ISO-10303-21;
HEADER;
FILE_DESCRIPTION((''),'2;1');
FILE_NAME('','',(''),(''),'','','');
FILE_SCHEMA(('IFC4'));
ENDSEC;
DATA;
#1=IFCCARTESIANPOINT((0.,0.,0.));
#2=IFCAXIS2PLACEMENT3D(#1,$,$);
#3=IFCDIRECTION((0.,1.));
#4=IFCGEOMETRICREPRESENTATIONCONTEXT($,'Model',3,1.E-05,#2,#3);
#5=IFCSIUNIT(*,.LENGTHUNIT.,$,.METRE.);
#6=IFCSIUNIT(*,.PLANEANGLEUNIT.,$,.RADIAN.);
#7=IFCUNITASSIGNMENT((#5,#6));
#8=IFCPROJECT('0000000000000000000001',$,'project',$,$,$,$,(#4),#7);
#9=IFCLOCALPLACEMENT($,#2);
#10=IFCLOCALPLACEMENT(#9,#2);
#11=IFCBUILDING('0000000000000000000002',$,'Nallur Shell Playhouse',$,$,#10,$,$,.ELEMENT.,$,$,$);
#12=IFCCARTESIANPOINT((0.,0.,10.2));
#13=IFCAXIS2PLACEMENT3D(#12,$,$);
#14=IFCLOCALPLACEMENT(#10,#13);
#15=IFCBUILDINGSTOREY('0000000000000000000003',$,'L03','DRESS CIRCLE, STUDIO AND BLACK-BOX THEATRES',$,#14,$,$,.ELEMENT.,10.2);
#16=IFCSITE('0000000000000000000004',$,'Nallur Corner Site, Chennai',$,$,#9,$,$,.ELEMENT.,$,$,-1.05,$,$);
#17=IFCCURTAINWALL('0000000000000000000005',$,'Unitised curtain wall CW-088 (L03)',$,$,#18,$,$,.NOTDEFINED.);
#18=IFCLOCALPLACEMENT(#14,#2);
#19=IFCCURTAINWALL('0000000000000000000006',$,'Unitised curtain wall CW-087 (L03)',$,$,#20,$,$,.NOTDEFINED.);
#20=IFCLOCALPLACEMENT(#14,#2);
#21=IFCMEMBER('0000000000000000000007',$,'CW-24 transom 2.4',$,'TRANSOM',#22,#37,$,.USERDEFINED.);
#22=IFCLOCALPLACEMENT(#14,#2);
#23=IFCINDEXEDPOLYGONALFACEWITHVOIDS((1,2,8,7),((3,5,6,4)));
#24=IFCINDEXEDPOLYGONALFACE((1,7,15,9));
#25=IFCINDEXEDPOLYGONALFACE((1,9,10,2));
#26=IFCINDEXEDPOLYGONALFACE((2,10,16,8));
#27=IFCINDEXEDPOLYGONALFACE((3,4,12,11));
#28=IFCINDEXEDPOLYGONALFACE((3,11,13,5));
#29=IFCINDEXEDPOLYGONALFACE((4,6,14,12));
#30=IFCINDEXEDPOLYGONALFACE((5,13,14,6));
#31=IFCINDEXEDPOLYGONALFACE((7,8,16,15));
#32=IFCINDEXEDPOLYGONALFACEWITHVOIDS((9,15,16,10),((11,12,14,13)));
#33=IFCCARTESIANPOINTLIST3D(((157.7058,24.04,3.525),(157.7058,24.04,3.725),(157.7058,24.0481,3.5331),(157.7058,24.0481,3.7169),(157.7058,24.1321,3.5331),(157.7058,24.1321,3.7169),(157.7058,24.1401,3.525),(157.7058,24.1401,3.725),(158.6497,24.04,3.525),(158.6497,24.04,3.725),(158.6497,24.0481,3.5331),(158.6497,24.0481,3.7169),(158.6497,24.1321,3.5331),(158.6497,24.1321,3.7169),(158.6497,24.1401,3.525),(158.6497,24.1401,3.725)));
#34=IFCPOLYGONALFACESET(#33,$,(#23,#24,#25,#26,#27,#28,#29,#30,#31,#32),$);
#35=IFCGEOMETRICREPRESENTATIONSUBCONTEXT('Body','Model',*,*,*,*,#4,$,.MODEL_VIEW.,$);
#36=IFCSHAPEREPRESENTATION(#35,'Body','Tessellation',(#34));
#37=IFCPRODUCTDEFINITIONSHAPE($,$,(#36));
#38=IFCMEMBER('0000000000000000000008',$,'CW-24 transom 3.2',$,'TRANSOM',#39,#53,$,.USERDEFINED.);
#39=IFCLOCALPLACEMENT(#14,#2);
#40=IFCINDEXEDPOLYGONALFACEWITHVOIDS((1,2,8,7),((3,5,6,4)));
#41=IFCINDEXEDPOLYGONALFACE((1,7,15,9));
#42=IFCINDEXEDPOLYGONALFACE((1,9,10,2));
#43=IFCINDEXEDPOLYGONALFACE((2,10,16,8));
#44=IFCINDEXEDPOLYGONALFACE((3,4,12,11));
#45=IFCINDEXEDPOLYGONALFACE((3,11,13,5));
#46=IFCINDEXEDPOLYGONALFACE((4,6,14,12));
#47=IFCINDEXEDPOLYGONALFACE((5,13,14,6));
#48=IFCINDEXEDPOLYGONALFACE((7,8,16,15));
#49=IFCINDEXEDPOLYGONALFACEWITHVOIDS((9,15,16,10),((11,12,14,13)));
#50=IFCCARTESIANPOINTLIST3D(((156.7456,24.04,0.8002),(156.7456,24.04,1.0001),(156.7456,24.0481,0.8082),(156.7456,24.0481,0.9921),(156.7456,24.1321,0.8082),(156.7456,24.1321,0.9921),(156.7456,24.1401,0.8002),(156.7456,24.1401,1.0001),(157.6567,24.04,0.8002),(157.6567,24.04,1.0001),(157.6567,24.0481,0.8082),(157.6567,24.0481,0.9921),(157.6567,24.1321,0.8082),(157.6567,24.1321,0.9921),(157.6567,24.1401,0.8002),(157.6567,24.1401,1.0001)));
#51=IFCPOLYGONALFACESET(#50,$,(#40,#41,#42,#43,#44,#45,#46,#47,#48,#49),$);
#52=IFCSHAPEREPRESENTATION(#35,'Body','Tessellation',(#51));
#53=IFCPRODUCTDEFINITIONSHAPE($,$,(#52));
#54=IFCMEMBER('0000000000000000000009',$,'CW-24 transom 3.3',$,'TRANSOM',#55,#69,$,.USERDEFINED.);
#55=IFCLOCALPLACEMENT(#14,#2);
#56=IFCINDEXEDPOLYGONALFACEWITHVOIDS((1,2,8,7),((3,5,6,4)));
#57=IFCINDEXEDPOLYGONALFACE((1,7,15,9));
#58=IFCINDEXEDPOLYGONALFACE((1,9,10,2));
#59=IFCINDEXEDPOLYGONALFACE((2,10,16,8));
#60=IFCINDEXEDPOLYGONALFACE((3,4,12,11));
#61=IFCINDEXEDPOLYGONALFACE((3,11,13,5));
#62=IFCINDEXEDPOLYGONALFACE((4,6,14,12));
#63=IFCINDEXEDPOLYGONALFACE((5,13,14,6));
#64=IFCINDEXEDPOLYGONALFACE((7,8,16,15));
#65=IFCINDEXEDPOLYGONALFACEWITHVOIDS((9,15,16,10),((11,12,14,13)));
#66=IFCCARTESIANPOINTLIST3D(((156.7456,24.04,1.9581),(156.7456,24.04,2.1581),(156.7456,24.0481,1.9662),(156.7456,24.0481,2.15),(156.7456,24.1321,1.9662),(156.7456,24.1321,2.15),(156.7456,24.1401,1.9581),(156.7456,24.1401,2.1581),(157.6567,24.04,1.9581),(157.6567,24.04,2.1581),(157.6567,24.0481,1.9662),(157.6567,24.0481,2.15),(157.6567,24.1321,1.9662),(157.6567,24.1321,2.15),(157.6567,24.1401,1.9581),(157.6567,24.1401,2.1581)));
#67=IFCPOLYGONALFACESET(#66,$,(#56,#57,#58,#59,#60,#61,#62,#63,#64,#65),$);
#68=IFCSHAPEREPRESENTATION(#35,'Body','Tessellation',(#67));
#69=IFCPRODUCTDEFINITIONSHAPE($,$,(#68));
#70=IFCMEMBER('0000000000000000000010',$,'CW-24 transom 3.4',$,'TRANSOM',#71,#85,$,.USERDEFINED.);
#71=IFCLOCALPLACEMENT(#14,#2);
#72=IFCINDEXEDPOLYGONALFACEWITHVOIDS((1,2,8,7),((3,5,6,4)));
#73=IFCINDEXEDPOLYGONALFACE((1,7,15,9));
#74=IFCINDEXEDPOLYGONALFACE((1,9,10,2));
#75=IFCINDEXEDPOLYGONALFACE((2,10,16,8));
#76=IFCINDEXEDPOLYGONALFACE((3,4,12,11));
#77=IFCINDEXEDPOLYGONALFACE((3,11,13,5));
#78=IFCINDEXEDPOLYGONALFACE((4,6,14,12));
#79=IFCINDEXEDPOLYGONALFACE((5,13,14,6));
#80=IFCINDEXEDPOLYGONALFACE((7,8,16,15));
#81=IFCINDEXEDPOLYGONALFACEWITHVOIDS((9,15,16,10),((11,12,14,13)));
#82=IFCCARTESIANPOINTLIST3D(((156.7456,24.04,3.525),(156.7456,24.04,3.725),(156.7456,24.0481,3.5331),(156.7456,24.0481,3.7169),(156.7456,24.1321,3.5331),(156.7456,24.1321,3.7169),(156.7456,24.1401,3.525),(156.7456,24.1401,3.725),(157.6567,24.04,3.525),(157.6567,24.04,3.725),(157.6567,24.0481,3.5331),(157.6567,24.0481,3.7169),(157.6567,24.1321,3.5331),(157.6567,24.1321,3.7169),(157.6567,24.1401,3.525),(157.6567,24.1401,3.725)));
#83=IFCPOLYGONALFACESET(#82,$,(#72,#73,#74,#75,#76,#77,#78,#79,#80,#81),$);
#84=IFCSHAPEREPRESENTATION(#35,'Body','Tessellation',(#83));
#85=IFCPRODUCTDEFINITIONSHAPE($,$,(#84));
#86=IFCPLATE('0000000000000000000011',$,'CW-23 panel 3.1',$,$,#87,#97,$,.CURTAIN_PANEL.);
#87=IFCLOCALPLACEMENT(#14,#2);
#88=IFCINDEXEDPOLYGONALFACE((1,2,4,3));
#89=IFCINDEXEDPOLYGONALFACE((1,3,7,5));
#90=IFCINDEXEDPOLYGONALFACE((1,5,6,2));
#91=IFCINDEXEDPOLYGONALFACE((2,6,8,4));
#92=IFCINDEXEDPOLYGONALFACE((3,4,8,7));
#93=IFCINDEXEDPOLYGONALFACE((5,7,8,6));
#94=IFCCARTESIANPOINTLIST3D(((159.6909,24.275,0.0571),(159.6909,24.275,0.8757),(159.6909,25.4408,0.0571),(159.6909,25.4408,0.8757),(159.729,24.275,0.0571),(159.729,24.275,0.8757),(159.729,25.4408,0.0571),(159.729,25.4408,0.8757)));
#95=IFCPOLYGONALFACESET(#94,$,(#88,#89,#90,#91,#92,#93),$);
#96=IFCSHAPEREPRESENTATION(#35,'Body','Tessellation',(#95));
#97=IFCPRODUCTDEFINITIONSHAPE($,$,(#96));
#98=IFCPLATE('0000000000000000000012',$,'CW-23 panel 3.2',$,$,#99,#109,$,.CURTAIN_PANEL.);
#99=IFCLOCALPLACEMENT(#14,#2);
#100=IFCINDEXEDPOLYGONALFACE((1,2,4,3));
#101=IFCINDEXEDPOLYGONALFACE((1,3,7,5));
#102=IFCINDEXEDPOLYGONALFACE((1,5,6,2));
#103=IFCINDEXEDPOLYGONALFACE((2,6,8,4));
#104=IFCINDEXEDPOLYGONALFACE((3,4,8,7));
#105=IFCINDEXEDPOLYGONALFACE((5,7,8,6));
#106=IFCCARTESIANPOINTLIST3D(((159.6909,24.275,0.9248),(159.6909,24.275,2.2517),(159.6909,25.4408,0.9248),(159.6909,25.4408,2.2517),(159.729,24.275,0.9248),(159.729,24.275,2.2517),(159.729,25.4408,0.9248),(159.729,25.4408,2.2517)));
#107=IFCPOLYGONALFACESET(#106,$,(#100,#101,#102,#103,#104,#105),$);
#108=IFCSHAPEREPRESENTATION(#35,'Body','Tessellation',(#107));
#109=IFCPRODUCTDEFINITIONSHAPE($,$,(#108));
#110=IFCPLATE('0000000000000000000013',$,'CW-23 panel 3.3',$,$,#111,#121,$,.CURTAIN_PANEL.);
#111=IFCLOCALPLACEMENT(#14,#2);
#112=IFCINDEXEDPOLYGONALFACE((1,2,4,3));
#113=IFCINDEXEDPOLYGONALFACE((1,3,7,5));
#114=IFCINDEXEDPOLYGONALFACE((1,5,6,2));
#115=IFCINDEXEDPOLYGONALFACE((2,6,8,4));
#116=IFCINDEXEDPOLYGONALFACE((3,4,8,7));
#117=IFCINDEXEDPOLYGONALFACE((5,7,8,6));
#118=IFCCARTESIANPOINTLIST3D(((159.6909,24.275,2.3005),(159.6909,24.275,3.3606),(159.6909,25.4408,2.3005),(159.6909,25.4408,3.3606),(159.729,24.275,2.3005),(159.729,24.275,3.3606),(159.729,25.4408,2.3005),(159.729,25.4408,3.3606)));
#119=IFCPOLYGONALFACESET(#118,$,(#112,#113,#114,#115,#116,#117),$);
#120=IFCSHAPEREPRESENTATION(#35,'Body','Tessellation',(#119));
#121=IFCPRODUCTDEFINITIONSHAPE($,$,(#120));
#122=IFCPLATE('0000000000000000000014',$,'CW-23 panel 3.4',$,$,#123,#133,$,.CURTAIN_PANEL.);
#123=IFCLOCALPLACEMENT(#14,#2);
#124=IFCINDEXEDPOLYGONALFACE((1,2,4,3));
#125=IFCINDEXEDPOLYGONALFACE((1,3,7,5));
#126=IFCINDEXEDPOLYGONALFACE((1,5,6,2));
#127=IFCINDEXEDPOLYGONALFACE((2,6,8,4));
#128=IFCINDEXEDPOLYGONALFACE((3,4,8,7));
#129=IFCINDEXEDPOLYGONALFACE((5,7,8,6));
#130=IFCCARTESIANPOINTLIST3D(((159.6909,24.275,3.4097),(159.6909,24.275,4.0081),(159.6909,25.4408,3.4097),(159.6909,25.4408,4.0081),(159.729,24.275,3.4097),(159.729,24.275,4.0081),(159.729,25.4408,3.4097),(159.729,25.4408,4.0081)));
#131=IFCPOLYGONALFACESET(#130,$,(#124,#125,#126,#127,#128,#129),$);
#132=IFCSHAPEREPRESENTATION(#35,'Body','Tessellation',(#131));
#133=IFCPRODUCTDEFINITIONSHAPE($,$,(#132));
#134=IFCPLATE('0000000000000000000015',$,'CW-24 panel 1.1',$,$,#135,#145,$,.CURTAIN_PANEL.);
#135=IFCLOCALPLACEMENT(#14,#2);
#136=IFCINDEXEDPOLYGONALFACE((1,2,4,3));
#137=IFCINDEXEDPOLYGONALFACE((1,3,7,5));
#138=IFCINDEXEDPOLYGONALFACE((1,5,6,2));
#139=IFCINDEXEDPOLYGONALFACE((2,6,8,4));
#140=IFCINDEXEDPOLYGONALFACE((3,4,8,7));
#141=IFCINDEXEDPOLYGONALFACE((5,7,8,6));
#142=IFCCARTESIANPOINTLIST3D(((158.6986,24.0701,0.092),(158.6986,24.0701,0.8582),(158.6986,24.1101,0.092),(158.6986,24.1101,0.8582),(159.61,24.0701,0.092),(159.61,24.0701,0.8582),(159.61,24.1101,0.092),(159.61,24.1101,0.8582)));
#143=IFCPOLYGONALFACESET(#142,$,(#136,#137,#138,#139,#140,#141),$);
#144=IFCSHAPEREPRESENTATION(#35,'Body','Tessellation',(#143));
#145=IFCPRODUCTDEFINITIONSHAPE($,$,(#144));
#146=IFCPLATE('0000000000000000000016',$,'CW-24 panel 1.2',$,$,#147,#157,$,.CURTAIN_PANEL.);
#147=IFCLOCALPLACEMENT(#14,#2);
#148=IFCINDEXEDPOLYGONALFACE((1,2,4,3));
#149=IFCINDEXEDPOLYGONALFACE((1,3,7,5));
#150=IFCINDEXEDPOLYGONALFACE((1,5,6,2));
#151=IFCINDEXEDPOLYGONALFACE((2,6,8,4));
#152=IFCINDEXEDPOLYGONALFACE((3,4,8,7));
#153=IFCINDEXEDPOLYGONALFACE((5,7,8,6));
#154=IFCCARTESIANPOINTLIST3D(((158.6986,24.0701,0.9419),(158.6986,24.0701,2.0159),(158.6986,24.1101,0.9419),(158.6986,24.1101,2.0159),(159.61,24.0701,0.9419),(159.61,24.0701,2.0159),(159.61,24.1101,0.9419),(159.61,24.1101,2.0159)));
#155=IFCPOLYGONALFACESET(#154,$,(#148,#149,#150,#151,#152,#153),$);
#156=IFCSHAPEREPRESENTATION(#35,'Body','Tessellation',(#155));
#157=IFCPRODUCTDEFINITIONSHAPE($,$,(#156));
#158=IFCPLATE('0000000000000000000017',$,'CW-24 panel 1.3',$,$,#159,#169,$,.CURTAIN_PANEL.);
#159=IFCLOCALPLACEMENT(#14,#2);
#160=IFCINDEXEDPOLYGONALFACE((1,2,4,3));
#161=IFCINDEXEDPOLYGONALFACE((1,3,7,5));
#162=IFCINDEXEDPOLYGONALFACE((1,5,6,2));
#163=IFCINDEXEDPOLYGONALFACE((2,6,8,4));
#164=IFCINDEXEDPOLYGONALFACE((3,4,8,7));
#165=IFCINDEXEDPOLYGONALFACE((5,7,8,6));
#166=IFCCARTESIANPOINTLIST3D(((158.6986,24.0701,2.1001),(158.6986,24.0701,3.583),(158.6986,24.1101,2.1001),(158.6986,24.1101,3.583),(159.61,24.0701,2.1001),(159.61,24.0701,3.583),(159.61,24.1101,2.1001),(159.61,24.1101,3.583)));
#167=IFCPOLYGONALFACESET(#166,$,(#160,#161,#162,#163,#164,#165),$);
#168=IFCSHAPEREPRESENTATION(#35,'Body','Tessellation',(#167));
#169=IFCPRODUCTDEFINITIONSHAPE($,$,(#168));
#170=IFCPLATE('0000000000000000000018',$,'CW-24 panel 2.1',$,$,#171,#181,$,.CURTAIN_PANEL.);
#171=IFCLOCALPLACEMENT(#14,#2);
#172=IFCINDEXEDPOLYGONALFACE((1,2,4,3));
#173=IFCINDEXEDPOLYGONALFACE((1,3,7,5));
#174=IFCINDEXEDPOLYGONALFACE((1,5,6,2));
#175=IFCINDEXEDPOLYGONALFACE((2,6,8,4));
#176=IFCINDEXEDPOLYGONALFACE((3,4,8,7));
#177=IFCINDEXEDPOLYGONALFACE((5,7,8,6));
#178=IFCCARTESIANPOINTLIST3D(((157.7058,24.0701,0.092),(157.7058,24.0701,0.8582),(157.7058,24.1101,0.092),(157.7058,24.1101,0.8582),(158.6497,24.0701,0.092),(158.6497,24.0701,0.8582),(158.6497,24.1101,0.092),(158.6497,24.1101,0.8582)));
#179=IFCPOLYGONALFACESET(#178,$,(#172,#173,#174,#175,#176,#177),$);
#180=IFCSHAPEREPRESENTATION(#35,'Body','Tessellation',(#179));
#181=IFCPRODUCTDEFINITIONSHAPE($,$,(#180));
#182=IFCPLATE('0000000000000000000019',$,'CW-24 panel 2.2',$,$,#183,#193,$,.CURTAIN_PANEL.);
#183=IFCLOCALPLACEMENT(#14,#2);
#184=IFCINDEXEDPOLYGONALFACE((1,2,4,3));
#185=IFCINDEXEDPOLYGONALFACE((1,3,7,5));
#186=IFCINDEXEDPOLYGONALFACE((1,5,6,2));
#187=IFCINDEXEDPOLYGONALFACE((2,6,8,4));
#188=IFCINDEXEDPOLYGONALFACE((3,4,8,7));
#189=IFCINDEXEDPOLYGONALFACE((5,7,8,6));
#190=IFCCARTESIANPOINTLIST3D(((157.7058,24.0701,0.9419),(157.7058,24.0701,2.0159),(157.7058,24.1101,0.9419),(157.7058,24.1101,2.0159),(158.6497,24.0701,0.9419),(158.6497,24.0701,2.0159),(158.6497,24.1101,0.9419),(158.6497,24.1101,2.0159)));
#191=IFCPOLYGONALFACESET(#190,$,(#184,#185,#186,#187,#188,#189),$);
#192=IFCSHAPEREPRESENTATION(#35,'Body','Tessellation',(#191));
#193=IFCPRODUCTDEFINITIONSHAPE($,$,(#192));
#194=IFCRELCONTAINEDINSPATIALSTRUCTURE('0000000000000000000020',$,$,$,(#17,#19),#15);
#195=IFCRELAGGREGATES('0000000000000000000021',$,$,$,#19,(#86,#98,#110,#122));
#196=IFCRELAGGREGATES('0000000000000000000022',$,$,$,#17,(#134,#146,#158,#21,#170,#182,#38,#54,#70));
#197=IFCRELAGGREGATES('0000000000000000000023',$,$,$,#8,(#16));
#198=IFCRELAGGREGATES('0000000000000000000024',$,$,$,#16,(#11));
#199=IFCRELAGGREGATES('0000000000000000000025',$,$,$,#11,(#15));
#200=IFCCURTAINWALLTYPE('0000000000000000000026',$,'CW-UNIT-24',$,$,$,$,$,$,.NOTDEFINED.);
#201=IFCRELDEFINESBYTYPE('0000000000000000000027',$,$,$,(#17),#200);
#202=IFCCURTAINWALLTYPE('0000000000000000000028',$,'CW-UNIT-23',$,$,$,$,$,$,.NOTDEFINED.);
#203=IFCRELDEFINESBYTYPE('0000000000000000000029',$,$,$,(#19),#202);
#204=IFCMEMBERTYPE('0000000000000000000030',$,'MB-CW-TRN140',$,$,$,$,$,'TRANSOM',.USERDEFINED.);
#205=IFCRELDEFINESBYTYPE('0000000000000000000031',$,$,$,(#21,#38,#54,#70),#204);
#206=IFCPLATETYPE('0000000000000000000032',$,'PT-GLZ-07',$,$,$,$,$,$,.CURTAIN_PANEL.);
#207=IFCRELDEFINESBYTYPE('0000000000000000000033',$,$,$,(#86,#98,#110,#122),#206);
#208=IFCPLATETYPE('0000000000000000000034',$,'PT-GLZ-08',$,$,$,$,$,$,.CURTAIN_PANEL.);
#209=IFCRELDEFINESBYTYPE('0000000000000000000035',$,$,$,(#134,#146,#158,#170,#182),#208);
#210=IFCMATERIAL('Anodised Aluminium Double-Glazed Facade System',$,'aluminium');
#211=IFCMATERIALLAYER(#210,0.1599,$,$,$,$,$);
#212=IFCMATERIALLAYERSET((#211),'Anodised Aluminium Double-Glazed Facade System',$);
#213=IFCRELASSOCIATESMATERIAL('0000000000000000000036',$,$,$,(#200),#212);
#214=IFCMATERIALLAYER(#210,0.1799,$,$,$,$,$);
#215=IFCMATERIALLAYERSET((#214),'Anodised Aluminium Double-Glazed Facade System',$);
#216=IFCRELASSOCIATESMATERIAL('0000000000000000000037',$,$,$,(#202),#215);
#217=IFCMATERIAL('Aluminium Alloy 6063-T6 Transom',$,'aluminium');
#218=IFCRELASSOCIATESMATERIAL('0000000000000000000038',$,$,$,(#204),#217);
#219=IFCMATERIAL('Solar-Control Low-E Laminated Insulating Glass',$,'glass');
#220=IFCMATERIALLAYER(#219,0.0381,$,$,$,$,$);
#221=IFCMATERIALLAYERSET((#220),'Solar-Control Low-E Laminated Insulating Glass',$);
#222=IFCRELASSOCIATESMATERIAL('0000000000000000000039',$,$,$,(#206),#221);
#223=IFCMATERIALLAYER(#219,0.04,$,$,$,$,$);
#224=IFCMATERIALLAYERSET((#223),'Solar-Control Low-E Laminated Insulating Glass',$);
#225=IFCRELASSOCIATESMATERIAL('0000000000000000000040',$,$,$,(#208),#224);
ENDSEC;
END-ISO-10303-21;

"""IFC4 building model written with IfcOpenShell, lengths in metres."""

from ifc_helpers import new_model, si_unit, direction, frame, origin, origin_2d, place, context, subcontext, project, spatial, rectangle, hollow_rectangle, extrude, material, layer, layer_set, material_profile, profile_set, type_object, element, aggregate, save


model = new_model("IFC4")

# Units and contexts
model_context = context("Model", 3, precision=1e-05, world=origin(), true_north=direction((0.0, 1.0)))
body_context = subcontext(model_context, "Body", "Model", "MODEL_VIEW")
ifc_project = project(units=[si_unit("LENGTHUNIT", "METRE"), si_unit("PLANEANGLEUNIT", "RADIAN")], contexts=[model_context])

# Site, building, storey
site_placement = place(None, origin())
site = spatial("IfcSite", under=ifc_project, at=site_placement, Name="Nallur Corner Site, Chennai", CompositionType="ELEMENT", RefElevation=-1.05)
building_placement = place(site_placement, origin())
building = spatial("IfcBuilding", under=site, at=building_placement, Name="Nallur Shell Playhouse", CompositionType="ELEMENT")
storey_placement = place(building_placement, frame((0.0, 0.0, 10.2)))
storey = spatial("IfcBuildingStorey", under=building, at=storey_placement, Name="L03", Description="DRESS CIRCLE, STUDIO AND BLACK-BOX THEATRES", CompositionType="ELEMENT", Elevation=10.2)

# Curtain walls
ifc_material_1 = material(Name="Anodised Aluminium Double-Glazed Facade System", Category="aluminium")
ifc_layer_1 = layer(ifc_material_1, 0.1599)
ifc_layer_set_1 = layer_set([ifc_layer_1], Name="Anodised Aluminium Double-Glazed Facade System")
curtain_wall_type_1 = type_object("IfcCurtainWallType", Name="CW-UNIT-24", PredefinedType="NOTDEFINED", material=ifc_layer_set_1)
curtain_wall_1_placement = place(storey_placement, origin())
curtain_wall_1 = element("IfcCurtainWall", 1, at=curtain_wall_1_placement, inside=storey, type_object=curtain_wall_type_1, Name="Unitised curtain wall CW-088 (L03)", PredefinedType="NOTDEFINED")
ifc_layer_2 = layer(ifc_material_1, 0.1799)
ifc_layer_set_2 = layer_set([ifc_layer_2], Name="Anodised Aluminium Double-Glazed Facade System")
curtain_wall_type_2 = type_object("IfcCurtainWallType", Name="CW-UNIT-23", PredefinedType="NOTDEFINED", material=ifc_layer_set_2)
curtain_wall_2_placement = place(storey_placement, origin())
curtain_wall_2 = element("IfcCurtainWall", 2, at=curtain_wall_2_placement, inside=storey, type_object=curtain_wall_type_2, Name="Unitised curtain wall CW-087 (L03)", PredefinedType="NOTDEFINED")
ifc_material_2 = material(Name="Aluminium Alloy 6063-T6 Transom", Category="aluminium")

# Members
ifc_material_profile_1 = material_profile(ifc_material_2, hollow_rectangle(XDim=0.1001, YDim=0.2, WallThickness=0.0081, at=origin_2d()), Name="RHS 200x100x8")
ifc_profile_set_1 = profile_set([ifc_material_profile_1], Name="Aluminium Alloy 6063-T6 Transom")
member_type_1 = type_object("IfcMemberType", Name="MB-CW-TRN140", ElementType="TRANSOM", PredefinedType="USERDEFINED", material=ifc_profile_set_1)
member_1_placement = place(storey_placement, frame((158.6497, 24.0901, 3.625), z_axis=(-1.0, 0.0, 0.0), x_axis=(0.0, -1.0, 0.0)))
member_1 = element("IfcMember", 3, at=member_1_placement, type_object=member_type_1, Name="CW-24 transom 2.4", ObjectType="TRANSOM", PredefinedType="USERDEFINED", context=body_context, shape_type="SweptSolid", body=[
    extrude(hollow_rectangle(XDim=0.1001, YDim=0.2, WallThickness=0.0081, at=origin_2d()), origin(), (0.0, 0.0, 1.0), 0.9438),
])
member_2_placement = place(storey_placement, frame((157.6567, 24.0901, 0.9001), z_axis=(-1.0, 0.0, 0.0), x_axis=(0.0, -1.0, 0.0)))
member_2 = element("IfcMember", 4, at=member_2_placement, type_object=member_type_1, Name="CW-24 transom 3.2", ObjectType="TRANSOM", PredefinedType="USERDEFINED", context=body_context, shape_type="SweptSolid", body=[
    extrude(hollow_rectangle(XDim=0.1001, YDim=0.2, WallThickness=0.0081, at=origin_2d()), origin(), (0.0, 0.0, 1.0), 0.9111),
])
member_3_placement = place(storey_placement, frame((157.6567, 24.0901, 2.0581), z_axis=(-1.0, 0.0, 0.0), x_axis=(0.0, -1.0, 0.0)))
member_3 = element("IfcMember", 5, at=member_3_placement, type_object=member_type_1, Name="CW-24 transom 3.3", ObjectType="TRANSOM", PredefinedType="USERDEFINED", context=body_context, shape_type="SweptSolid", body=[
    extrude(hollow_rectangle(XDim=0.1001, YDim=0.2, WallThickness=0.0081, at=origin_2d()), origin(), (0.0, 0.0, 1.0), 0.9111),
])
member_4_placement = place(storey_placement, frame((157.6567, 24.0901, 3.625), z_axis=(-1.0, 0.0, 0.0), x_axis=(0.0, -1.0, 0.0)))
member_4 = element("IfcMember", 6, at=member_4_placement, type_object=member_type_1, Name="CW-24 transom 3.4", ObjectType="TRANSOM", PredefinedType="USERDEFINED", context=body_context, shape_type="SweptSolid", body=[
    extrude(hollow_rectangle(XDim=0.1001, YDim=0.2, WallThickness=0.0081, at=origin_2d()), origin(), (0.0, 0.0, 1.0), 0.9111),
])

# Plates
ifc_material_3 = material(Name="Solar-Control Low-E Laminated Insulating Glass", Category="glass")
ifc_layer_3 = layer(ifc_material_3, 0.0381)
ifc_layer_set_3 = layer_set([ifc_layer_3], Name="Solar-Control Low-E Laminated Insulating Glass")
plate_type_1 = type_object("IfcPlateType", Name="PT-GLZ-07", PredefinedType="CURTAIN_PANEL", material=ifc_layer_set_3)
plate_1_placement = place(storey_placement, frame((159.71, 24.8579, 0.0571), z_axis=(0.0, 0.0, 1.0), x_axis=(0.0, -1.0, 0.0)))
plate_1 = element("IfcPlate", 7, at=plate_1_placement, type_object=plate_type_1, Name="CW-23 panel 3.1", PredefinedType="CURTAIN_PANEL", context=body_context, shape_type="SweptSolid", body=[
    extrude(rectangle(XDim=1.1658, YDim=0.0381, at=origin_2d()), origin(), (0.0, 0.0, 1.0), 0.8186),
])
plate_2_placement = place(storey_placement, frame((159.71, 24.8579, 0.9248), z_axis=(0.0, 0.0, 1.0), x_axis=(0.0, -1.0, 0.0)))
plate_2 = element("IfcPlate", 8, at=plate_2_placement, type_object=plate_type_1, Name="CW-23 panel 3.2", PredefinedType="CURTAIN_PANEL", context=body_context, shape_type="SweptSolid", body=[
    extrude(rectangle(XDim=1.1658, YDim=0.0381, at=origin_2d()), origin(), (0.0, 0.0, 1.0), 1.3269),
])
plate_3_placement = place(storey_placement, frame((159.71, 24.8579, 2.3005), z_axis=(0.0, 0.0, 1.0), x_axis=(0.0, -1.0, 0.0)))
plate_3 = element("IfcPlate", 9, at=plate_3_placement, type_object=plate_type_1, Name="CW-23 panel 3.3", PredefinedType="CURTAIN_PANEL", context=body_context, shape_type="SweptSolid", body=[
    extrude(rectangle(XDim=1.1658, YDim=0.0381, at=origin_2d()), origin(), (0.0, 0.0, 1.0), 1.0601),
])
plate_4_placement = place(storey_placement, frame((159.71, 24.8579, 3.4097), z_axis=(0.0, 0.0, 1.0), x_axis=(0.0, -1.0, 0.0)))
plate_4 = element("IfcPlate", 10, at=plate_4_placement, type_object=plate_type_1, Name="CW-23 panel 3.4", PredefinedType="CURTAIN_PANEL", context=body_context, shape_type="SweptSolid", body=[
    extrude(rectangle(XDim=1.1658, YDim=0.0381, at=origin_2d()), origin(), (0.0, 0.0, 1.0), 0.5984),
])
aggregate(curtain_wall_2, [plate_1, plate_2, plate_3, plate_4])
ifc_layer_4 = layer(ifc_material_3, 0.04)
ifc_layer_set_4 = layer_set([ifc_layer_4], Name="Solar-Control Low-E Laminated Insulating Glass")
plate_type_2 = type_object("IfcPlateType", Name="PT-GLZ-08", PredefinedType="CURTAIN_PANEL", material=ifc_layer_set_4)
plate_5_placement = place(storey_placement, frame((159.1543, 24.0901, 0.092), z_axis=(0.0, 0.0, 1.0), x_axis=(-1.0, 0.0, 0.0)))
plate_5 = element("IfcPlate", 11, at=plate_5_placement, type_object=plate_type_2, Name="CW-24 panel 1.1", PredefinedType="CURTAIN_PANEL", context=body_context, shape_type="SweptSolid", body=[
    extrude(rectangle(XDim=0.9114, YDim=0.04, at=origin_2d()), origin(), (0.0, 0.0, 1.0), 0.7661),
])
plate_6_placement = place(storey_placement, frame((159.1543, 24.0901, 0.9419), z_axis=(0.0, 0.0, 1.0), x_axis=(-1.0, 0.0, 0.0)))
plate_6 = element("IfcPlate", 12, at=plate_6_placement, type_object=plate_type_2, Name="CW-24 panel 1.2", PredefinedType="CURTAIN_PANEL", context=body_context, shape_type="SweptSolid", body=[
    extrude(rectangle(XDim=0.9114, YDim=0.04, at=origin_2d()), origin(), (0.0, 0.0, 1.0), 1.074),
])
plate_7_placement = place(storey_placement, frame((159.1543, 24.0901, 2.1001), z_axis=(0.0, 0.0, 1.0), x_axis=(-1.0, 0.0, 0.0)))
plate_7 = element("IfcPlate", 13, at=plate_7_placement, type_object=plate_type_2, Name="CW-24 panel 1.3", PredefinedType="CURTAIN_PANEL", context=body_context, shape_type="SweptSolid", body=[
    extrude(rectangle(XDim=0.9114, YDim=0.04, at=origin_2d()), origin(), (0.0, 0.0, 1.0), 1.4829),
])
plate_8_placement = place(storey_placement, frame((158.1777, 24.0901, 0.092), z_axis=(0.0, 0.0, 1.0), x_axis=(-1.0, 0.0, 0.0)))
plate_8 = element("IfcPlate", 14, at=plate_8_placement, type_object=plate_type_2, Name="CW-24 panel 2.1", PredefinedType="CURTAIN_PANEL", context=body_context, shape_type="SweptSolid", body=[
    extrude(rectangle(XDim=0.9438, YDim=0.04, at=origin_2d()), origin(), (0.0, 0.0, 1.0), 0.7661),
])
plate_9_placement = place(storey_placement, frame((158.1777, 24.0901, 0.9419), z_axis=(0.0, 0.0, 1.0), x_axis=(-1.0, 0.0, 0.0)))
plate_9 = element("IfcPlate", 15, at=plate_9_placement, type_object=plate_type_2, Name="CW-24 panel 2.2", PredefinedType="CURTAIN_PANEL", context=body_context, shape_type="SweptSolid", body=[
    extrude(rectangle(XDim=0.9438, YDim=0.04, at=origin_2d()), origin(), (0.0, 0.0, 1.0), 1.074),
])
aggregate(curtain_wall_1, [plate_5, plate_6, plate_7, member_1, plate_8, plate_9, member_2, member_3, member_4])

save(model, "model.ifc")
